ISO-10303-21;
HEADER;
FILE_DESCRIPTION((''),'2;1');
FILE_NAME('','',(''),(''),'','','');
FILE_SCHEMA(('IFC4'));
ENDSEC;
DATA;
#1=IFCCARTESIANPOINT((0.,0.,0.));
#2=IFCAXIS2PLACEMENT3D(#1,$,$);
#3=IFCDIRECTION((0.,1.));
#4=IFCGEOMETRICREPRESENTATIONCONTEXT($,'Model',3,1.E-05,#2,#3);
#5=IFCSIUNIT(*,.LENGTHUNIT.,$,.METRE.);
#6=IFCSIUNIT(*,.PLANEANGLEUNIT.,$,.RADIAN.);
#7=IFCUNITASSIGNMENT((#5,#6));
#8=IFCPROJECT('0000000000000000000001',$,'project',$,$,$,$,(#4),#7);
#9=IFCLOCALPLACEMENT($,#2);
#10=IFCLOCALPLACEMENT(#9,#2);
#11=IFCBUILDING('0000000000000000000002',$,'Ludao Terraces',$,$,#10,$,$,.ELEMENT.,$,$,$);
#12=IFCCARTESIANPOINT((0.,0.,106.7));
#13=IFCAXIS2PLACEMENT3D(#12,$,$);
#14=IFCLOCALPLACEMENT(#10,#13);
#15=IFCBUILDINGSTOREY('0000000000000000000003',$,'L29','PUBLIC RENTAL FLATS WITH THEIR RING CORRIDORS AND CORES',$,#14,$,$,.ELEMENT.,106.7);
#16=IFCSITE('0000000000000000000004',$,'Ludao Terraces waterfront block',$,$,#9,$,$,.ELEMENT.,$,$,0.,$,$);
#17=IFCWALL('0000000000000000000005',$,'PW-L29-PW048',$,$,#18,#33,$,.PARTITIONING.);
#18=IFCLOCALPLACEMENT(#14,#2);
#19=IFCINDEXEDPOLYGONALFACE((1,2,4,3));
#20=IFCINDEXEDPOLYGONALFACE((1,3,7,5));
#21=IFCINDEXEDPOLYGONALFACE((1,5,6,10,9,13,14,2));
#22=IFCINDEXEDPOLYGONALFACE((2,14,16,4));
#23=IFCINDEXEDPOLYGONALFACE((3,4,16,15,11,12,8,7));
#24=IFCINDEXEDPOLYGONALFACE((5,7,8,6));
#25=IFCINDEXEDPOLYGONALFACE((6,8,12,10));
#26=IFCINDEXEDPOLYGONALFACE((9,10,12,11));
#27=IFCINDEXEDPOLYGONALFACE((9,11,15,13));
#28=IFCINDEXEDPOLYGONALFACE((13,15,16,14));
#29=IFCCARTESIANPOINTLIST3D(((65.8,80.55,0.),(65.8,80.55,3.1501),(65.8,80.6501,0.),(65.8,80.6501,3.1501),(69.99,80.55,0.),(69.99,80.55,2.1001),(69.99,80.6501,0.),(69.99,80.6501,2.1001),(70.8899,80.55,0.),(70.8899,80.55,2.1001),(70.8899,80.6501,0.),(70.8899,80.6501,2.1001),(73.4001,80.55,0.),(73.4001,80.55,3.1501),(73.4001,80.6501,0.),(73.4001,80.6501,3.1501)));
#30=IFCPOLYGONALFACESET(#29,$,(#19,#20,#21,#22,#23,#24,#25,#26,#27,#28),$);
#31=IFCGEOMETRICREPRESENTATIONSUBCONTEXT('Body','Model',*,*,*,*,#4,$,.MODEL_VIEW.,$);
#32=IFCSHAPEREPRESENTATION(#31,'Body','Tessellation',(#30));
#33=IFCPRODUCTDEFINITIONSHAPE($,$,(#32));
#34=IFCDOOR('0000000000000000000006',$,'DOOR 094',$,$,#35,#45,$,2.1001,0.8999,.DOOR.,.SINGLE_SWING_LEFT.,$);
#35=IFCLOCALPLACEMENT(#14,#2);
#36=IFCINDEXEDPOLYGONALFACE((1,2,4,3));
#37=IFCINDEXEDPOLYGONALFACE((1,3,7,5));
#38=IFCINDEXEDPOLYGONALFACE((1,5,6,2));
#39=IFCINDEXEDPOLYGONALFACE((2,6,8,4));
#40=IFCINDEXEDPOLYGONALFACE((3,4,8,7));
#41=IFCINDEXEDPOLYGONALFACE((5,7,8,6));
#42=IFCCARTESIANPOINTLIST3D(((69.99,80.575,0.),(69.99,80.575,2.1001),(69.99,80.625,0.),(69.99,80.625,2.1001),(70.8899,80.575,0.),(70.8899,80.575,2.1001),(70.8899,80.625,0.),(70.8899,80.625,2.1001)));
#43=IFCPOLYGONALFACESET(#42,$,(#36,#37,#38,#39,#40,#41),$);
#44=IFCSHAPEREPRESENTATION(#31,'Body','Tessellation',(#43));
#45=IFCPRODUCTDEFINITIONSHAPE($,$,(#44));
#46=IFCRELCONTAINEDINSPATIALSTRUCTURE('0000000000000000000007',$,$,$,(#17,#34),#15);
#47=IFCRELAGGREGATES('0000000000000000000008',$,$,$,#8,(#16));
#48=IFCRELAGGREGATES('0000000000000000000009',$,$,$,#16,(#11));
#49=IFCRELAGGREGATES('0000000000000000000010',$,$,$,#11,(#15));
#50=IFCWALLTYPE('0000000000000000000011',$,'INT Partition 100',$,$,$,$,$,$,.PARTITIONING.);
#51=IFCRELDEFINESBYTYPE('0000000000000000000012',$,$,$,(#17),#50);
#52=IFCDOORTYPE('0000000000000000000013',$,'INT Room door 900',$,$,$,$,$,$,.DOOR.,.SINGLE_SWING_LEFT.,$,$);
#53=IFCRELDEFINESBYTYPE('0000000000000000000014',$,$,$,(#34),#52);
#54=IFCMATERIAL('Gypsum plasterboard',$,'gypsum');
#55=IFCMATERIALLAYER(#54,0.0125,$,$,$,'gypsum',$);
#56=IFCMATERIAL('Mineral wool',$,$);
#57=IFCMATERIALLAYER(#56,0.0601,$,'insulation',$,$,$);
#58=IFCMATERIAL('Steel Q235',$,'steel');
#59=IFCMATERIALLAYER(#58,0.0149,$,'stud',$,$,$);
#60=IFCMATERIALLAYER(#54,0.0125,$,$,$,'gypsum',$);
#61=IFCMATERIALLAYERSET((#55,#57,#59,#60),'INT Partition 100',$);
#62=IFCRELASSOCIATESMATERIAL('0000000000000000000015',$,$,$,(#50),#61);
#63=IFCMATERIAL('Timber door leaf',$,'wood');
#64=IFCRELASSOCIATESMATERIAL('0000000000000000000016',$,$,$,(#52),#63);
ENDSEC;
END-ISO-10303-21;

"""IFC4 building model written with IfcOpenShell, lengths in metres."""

from ifc_helpers import new_model, si_unit, direction, frame, frame_2d, origin, place, context, subcontext, project, spatial, rectangle, extrude, material, layer, layer_set, type_object, element, fill, save


model = new_model("IFC4")

# Units and contexts
model_context = context("Model", 3, precision=1e-05, world=origin(), true_north=direction((0.0, 1.0)))
body_context = subcontext(model_context, "Body", "Model", "MODEL_VIEW")
ifc_project = project(units=[si_unit("LENGTHUNIT", "METRE"), si_unit("PLANEANGLEUNIT", "RADIAN")], contexts=[model_context])

# Site, building, storey
site_placement = place(None, origin())
site = spatial("IfcSite", under=ifc_project, at=site_placement, Name="Ludao Terraces waterfront block", CompositionType="ELEMENT", RefElevation=0.0)
building_placement = place(site_placement, origin())
building = spatial("IfcBuilding", under=site, at=building_placement, Name="Ludao Terraces", CompositionType="ELEMENT")
storey_placement = place(building_placement, frame((0.0, 0.0, 106.7)))
storey = spatial("IfcBuildingStorey", under=building, at=storey_placement, Name="L29", Description="PUBLIC RENTAL FLATS WITH THEIR RING CORRIDORS AND CORES", CompositionType="ELEMENT", Elevation=106.7)

# Shared definitions
ifc_material_1 = material(Name="Mineral wool")

# Shared definitions
ifc_material_2 = material(Name="Gypsum plasterboard", Category="gypsum")
ifc_layer_1 = layer(ifc_material_2, 0.0125, Category="gypsum")
ifc_layer_2 = layer(ifc_material_1, 0.0601, Name="insulation")
ifc_material_3 = material(Name="Steel Q235", Category="steel")
ifc_layer_3 = layer(ifc_material_3, 0.0149, Name="stud")
ifc_layer_4 = layer(ifc_material_2, 0.0125, Category="gypsum")
ifc_layer_set_1 = layer_set([ifc_layer_1, ifc_layer_2, ifc_layer_3, ifc_layer_4], Name="INT Partition 100")
wall_type_1 = type_object("IfcWallType", Name="INT Partition 100", PredefinedType="PARTITIONING", material=ifc_layer_set_1)

# Wall, opening, door
wall_1_placement = place(storey_placement, frame((65.8, 80.6001, 0.0), z_axis=(0.0, 0.0, 1.0), x_axis=(1.0, 0.0, 0.0)))
wall_1 = element("IfcWall", 1, at=wall_1_placement, inside=storey, type_object=wall_type_1, Name="PW-L29-PW048", PredefinedType="PARTITIONING", context=body_context, shape_type="SweptSolid", body=[
    extrude(rectangle(XDim=7.6001, YDim=0.1001, at=frame_2d((3.8, 0.0))), origin(), (0.0, 0.0, 1.0), 3.1501),
])
opening_1_placement = place(wall_1_placement, frame((4.1899, 0.0, 0.0)))
opening_1 = element("IfcOpeningElement", 2, at=opening_1_placement, cuts=wall_1, PredefinedType="OPENING", context=body_context, shape_type="SweptSolid", body=[
    extrude(rectangle(XDim=0.8999, YDim=2.1001, at=frame_2d((0.45, 1.05))), frame((0.0, 0.0601, 0.0), z_axis=(0.0, -1.0, 0.0), x_axis=(1.0, 0.0, 0.0)), (0.0, 0.0, 1.0), 0.1201),
])
ifc_material_4 = material(Name="Timber door leaf", Category="wood")
door_type = type_object("IfcDoorType", Name="INT Room door 900", OperationType="SINGLE_SWING_LEFT", PredefinedType="DOOR", material=ifc_material_4)
door_placement = place(opening_1_placement, origin())
door = element("IfcDoor", 3, at=door_placement, inside=storey, type_object=door_type, Name="DOOR 094", OperationType="SINGLE_SWING_LEFT", OverallHeight=2.1001, OverallWidth=0.8999, PredefinedType="DOOR", context=body_context, shape_type="SweptSolid", body=[
    extrude(rectangle(XDim=0.8999, YDim=2.1001, at=frame_2d((0.45, 1.05))), frame((0.0, 0.0249, 0.0), z_axis=(0.0, -1.0, 0.0), x_axis=(1.0, 0.0, 0.0)), (0.0, 0.0, 1.0), 0.05),
])
fill(opening_1, door)

save(model, "model.ifc")
